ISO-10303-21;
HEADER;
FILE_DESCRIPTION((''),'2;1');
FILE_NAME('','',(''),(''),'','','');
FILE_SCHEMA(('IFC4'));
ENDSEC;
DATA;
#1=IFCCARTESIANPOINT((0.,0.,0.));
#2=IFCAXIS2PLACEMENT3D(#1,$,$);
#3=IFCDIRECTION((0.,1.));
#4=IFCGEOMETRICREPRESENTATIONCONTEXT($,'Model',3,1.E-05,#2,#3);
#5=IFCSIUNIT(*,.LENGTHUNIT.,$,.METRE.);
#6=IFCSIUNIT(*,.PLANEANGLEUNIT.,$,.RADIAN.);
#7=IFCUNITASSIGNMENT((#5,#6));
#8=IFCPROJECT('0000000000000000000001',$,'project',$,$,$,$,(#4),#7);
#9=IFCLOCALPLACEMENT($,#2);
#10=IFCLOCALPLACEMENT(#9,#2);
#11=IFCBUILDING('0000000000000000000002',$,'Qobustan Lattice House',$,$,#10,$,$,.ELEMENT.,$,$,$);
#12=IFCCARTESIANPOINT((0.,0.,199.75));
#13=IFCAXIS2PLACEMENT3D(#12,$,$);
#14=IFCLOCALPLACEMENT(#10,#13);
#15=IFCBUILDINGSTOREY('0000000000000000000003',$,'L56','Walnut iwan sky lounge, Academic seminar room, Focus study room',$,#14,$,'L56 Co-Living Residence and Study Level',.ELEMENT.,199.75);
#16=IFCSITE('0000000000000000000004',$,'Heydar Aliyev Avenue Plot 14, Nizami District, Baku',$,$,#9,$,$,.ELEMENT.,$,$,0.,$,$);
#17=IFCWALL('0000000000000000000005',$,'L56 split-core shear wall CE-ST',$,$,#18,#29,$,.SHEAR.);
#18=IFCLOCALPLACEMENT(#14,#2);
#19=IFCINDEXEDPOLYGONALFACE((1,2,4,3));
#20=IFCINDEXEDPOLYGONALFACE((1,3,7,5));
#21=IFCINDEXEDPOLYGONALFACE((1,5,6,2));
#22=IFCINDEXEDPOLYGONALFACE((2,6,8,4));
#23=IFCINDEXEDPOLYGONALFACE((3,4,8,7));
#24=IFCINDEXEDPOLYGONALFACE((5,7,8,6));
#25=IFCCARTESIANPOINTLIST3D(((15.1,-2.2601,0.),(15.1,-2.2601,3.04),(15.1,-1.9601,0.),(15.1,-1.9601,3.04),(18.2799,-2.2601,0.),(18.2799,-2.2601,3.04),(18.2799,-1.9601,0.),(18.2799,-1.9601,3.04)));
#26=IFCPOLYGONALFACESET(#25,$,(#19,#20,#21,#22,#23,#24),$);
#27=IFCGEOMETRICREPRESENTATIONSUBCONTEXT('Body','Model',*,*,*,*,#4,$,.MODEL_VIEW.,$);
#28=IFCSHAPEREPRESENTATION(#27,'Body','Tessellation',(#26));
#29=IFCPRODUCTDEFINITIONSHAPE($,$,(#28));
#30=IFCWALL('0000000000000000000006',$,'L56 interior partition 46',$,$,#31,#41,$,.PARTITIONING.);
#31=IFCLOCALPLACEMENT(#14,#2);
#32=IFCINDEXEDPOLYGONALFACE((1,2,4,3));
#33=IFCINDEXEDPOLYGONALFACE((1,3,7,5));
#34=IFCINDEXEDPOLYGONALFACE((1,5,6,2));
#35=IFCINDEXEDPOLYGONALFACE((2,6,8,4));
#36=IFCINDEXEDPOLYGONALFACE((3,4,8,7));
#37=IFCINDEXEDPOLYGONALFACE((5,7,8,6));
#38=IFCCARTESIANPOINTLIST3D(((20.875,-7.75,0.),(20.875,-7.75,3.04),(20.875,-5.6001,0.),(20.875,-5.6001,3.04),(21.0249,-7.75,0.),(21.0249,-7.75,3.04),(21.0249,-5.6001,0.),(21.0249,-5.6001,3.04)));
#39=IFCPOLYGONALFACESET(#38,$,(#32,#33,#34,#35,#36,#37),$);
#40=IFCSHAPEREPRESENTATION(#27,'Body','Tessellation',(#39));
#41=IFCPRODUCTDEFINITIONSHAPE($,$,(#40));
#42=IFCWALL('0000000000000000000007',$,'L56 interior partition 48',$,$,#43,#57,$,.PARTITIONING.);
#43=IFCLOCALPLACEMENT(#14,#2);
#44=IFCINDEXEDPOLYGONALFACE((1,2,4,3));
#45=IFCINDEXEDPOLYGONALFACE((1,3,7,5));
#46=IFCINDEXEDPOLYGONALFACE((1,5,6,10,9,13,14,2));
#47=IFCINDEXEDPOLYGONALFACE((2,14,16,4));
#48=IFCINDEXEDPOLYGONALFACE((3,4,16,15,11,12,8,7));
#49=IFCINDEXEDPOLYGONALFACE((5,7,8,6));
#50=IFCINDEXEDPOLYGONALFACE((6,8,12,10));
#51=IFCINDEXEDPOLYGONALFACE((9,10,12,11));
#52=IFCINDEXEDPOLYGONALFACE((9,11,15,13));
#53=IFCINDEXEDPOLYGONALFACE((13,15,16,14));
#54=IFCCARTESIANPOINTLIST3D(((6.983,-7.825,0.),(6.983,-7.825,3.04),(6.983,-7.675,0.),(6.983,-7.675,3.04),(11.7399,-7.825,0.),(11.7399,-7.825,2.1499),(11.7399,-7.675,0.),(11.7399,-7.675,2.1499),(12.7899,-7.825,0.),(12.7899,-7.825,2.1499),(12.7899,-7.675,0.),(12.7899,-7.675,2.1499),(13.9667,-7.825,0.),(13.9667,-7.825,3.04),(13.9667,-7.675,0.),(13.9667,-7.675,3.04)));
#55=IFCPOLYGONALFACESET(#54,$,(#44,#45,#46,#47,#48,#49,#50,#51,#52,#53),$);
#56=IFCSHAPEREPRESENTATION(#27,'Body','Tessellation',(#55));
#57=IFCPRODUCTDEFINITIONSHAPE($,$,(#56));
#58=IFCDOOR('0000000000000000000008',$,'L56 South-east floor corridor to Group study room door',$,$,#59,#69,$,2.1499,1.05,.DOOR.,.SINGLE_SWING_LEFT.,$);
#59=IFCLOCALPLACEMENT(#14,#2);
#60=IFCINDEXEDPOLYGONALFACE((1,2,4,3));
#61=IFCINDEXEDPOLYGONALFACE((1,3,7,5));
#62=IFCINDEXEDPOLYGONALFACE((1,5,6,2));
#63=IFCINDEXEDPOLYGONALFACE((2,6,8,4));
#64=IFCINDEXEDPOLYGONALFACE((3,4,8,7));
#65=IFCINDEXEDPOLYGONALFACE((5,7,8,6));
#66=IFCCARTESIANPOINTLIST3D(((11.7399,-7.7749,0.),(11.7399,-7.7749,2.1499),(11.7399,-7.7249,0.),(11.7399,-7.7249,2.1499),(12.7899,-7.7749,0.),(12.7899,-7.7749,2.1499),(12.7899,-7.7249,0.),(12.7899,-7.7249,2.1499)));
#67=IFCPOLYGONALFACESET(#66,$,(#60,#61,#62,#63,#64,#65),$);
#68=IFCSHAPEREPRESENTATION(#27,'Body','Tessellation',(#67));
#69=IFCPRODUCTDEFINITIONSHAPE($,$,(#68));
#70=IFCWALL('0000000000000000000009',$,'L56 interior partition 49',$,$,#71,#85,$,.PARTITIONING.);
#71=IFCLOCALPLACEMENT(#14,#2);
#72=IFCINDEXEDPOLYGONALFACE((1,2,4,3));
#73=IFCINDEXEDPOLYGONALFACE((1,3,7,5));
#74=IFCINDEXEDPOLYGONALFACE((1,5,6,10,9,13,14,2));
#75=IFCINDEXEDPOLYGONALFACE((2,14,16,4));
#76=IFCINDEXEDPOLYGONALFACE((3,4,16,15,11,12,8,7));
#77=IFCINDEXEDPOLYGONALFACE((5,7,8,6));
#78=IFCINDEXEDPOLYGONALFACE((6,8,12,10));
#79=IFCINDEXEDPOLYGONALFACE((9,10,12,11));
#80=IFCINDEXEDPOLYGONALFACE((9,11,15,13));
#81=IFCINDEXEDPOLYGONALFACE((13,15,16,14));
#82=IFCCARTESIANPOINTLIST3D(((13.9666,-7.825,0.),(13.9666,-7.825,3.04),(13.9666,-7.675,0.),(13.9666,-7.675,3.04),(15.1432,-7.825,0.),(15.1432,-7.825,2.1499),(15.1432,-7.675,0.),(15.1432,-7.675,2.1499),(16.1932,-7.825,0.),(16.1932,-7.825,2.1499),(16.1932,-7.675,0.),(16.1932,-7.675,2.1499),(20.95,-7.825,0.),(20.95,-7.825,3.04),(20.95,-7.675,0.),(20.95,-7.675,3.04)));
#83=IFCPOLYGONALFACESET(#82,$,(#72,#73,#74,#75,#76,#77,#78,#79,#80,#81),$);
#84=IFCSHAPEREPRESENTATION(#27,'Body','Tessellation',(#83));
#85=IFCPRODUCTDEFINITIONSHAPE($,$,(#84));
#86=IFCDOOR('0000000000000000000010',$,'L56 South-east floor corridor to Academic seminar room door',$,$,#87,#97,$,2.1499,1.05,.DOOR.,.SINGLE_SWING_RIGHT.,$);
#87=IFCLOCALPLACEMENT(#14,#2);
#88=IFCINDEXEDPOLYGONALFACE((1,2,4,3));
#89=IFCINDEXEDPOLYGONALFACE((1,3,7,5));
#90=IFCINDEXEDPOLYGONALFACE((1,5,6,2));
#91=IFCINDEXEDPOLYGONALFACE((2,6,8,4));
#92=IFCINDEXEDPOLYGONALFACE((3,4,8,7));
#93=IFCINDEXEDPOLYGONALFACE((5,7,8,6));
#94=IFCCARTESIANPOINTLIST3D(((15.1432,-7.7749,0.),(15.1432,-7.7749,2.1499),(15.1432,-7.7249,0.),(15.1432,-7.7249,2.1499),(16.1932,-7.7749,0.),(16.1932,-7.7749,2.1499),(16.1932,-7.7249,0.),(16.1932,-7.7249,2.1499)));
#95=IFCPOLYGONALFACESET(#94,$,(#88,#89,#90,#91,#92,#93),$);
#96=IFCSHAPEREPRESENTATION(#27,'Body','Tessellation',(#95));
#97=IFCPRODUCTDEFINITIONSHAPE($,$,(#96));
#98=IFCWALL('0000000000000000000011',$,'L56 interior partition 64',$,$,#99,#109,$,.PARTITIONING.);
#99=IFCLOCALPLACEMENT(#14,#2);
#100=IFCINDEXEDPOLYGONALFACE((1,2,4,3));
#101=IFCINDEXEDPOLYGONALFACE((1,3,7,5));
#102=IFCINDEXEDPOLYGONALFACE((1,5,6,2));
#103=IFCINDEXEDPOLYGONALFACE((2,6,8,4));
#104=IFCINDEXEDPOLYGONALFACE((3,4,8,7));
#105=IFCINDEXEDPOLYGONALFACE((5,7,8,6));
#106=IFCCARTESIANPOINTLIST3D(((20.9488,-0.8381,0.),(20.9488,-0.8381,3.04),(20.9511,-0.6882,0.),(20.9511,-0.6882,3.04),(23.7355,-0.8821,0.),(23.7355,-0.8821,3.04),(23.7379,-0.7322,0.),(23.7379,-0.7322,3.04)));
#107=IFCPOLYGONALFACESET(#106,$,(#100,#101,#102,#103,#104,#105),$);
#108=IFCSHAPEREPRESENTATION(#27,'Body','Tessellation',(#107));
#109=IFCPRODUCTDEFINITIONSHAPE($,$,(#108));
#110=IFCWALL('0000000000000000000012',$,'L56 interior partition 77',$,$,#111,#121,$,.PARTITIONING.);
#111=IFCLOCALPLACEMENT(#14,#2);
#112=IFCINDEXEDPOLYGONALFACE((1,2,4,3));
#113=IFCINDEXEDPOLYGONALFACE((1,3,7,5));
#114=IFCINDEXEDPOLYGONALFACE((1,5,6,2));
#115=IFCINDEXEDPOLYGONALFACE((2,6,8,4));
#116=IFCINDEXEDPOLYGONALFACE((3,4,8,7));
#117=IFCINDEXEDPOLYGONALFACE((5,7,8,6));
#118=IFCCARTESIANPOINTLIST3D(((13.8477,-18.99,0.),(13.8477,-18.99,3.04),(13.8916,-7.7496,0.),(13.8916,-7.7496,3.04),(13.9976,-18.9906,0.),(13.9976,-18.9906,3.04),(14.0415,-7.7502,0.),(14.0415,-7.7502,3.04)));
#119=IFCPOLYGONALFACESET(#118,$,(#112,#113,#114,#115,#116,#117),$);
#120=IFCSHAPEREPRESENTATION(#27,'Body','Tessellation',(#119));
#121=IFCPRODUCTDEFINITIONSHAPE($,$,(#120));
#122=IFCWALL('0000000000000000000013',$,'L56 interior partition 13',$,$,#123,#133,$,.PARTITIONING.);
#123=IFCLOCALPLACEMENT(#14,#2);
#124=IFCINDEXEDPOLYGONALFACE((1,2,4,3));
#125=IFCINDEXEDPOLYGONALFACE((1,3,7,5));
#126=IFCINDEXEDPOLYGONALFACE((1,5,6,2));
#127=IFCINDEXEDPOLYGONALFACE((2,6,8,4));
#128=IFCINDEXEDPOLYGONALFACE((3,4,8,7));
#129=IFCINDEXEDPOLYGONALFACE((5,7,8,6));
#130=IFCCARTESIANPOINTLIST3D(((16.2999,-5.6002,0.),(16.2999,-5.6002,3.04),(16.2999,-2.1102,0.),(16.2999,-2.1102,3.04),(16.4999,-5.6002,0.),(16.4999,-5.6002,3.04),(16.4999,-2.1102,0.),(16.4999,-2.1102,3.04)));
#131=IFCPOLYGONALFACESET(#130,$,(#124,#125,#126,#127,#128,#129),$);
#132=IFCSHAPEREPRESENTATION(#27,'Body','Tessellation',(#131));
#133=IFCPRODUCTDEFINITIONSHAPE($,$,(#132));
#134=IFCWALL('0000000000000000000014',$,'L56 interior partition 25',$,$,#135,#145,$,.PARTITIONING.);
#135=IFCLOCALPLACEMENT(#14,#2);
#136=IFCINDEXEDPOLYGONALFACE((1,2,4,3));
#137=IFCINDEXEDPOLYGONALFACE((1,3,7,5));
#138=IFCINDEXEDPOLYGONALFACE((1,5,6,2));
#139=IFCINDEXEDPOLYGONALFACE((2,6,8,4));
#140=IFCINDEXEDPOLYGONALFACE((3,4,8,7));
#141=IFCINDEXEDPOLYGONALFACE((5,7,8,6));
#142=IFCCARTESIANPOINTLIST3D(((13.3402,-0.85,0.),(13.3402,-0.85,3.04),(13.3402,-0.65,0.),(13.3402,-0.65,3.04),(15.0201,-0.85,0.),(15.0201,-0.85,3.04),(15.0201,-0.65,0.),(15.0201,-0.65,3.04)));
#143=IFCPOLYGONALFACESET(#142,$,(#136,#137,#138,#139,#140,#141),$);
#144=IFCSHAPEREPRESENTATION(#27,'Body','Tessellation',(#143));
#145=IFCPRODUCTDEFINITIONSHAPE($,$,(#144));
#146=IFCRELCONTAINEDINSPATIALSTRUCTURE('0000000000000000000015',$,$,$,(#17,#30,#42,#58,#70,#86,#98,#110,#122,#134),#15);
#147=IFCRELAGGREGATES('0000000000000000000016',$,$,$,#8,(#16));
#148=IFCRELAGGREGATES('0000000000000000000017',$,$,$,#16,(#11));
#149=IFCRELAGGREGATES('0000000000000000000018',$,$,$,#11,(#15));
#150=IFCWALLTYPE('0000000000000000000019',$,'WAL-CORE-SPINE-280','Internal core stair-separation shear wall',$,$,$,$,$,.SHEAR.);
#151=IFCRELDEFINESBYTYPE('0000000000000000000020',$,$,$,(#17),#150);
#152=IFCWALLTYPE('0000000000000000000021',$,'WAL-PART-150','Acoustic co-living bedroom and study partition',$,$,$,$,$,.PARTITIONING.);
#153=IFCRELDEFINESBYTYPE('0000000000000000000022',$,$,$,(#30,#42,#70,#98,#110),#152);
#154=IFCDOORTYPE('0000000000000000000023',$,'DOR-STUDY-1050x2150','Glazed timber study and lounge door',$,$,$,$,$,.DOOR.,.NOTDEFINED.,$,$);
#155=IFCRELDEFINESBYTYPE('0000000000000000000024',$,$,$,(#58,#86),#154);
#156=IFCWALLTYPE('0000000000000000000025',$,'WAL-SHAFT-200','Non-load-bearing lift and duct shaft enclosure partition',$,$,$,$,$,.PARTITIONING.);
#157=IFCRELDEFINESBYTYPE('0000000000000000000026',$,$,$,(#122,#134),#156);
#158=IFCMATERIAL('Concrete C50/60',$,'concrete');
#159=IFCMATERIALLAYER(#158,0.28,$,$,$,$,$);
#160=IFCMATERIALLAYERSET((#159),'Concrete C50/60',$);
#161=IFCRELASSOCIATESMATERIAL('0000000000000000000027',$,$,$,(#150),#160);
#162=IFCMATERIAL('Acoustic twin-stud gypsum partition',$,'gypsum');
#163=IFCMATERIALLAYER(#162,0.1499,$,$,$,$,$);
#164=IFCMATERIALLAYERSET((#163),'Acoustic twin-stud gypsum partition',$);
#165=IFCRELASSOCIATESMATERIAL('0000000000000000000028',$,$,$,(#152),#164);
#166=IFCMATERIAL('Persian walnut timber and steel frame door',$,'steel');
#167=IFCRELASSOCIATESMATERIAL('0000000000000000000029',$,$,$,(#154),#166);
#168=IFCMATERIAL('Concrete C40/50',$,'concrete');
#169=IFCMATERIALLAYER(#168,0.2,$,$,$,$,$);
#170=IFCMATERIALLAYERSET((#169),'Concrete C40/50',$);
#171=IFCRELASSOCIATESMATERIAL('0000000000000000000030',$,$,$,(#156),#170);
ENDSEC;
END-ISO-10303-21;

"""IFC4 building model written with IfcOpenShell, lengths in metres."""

from ifc_helpers import new_model, si_unit, direction, frame, frame_2d, origin, place, context, subcontext, project, spatial, rectangle, extrude, material, layer, layer_set, type_object, element, fill, save


model = new_model("IFC4")

# Units and contexts
model_context = context("Model", 3, precision=1e-05, world=origin(), true_north=direction((0.0, 1.0)))
body_context = subcontext(model_context, "Body", "Model", "MODEL_VIEW")
ifc_project = project(units=[si_unit("LENGTHUNIT", "METRE"), si_unit("PLANEANGLEUNIT", "RADIAN")], contexts=[model_context])

# Site, building, storey
site_placement = place(None, origin())
site = spatial("IfcSite", under=ifc_project, at=site_placement, Name="Heydar Aliyev Avenue Plot 14, Nizami District, Baku", CompositionType="ELEMENT", RefElevation=0.0)
building_placement = place(site_placement, origin())
building = spatial("IfcBuilding", under=site, at=building_placement, Name="Qobustan Lattice House", CompositionType="ELEMENT")
storey_placement = place(building_placement, frame((0.0, 0.0, 199.75)))
storey = spatial("IfcBuildingStorey", under=building, at=storey_placement, Name="L56", Description="Walnut iwan sky lounge, Academic seminar room, Focus study room", LongName="L56 Co-Living Residence and Study Level", CompositionType="ELEMENT", Elevation=199.75)

# Walls
ifc_material_1 = material(Name="Concrete C50/60", Category="concrete")
ifc_layer_1 = layer(ifc_material_1, 0.28)
ifc_layer_set_1 = layer_set([ifc_layer_1], Name="Concrete C50/60")
wall_type_1 = type_object("IfcWallType", Name="WAL-CORE-SPINE-280", Description="Internal core stair-separation shear wall", PredefinedType="SHEAR", material=ifc_layer_set_1)
wall_1_placement = place(storey_placement, frame((15.1001, -2.1101, 0.0), z_axis=(0.0, 0.0, 1.0), x_axis=(1.0, 0.0, 0.0)))
element("IfcWall", 1, at=wall_1_placement, inside=storey, type_object=wall_type_1, Name="L56 split-core shear wall CE-ST", PredefinedType="SHEAR", context=body_context, shape_type="SweptSolid", body=[
    extrude(rectangle(XDim=3.1799, YDim=0.3, at=frame_2d((1.5898, 0.0))), origin(), (0.0, 0.0, 1.0), 3.04),
])
ifc_material_2 = material(Name="Acoustic twin-stud gypsum partition", Category="gypsum")
ifc_layer_2 = layer(ifc_material_2, 0.1499)
ifc_layer_set_2 = layer_set([ifc_layer_2], Name="Acoustic twin-stud gypsum partition")
wall_type_2 = type_object("IfcWallType", Name="WAL-PART-150", Description="Acoustic co-living bedroom and study partition", PredefinedType="PARTITIONING", material=ifc_layer_set_2)
wall_2_placement = place(storey_placement, frame((20.95, -5.6001, 0.0), z_axis=(0.0, 0.0, 1.0), x_axis=(0.0, -1.0, 0.0)))
element("IfcWall", 2, at=wall_2_placement, inside=storey, type_object=wall_type_2, Name="L56 interior partition 46", PredefinedType="PARTITIONING", context=body_context, shape_type="SweptSolid", body=[
    extrude(rectangle(XDim=2.1499, YDim=0.1499, at=frame_2d((1.075, 0.0))), origin(), (0.0, 0.0, 1.0), 3.04),
])

# Walls, openings, doors
wall_3_placement = place(storey_placement, frame((13.9666, -7.75, 0.0), z_axis=(0.0, 0.0, 1.0), x_axis=(-1.0, 0.0, 0.0)))
wall_3 = element("IfcWall", 3, at=wall_3_placement, inside=storey, type_object=wall_type_2, Name="L56 interior partition 48", PredefinedType="PARTITIONING", context=body_context, shape_type="SweptSolid", body=[
    extrude(rectangle(XDim=6.9836, YDim=0.1499, at=frame_2d((3.4917, 0.0))), origin(), (0.0, 0.0, 1.0), 3.04),
])
opening_1_placement = place(wall_3_placement, frame((1.1768, 0.0, 0.0)))
opening_1 = element("IfcOpeningElement", 4, at=opening_1_placement, cuts=wall_3, PredefinedType="OPENING", context=body_context, shape_type="SweptSolid", body=[
    extrude(rectangle(XDim=1.05, YDim=2.1499, at=frame_2d((0.5249, 1.075))), frame((0.0, 0.085, 0.0), z_axis=(0.0, -1.0, 0.0), x_axis=(1.0, 0.0, 0.0)), (0.0, 0.0, 1.0), 0.1699),
])
ifc_material_3 = material(Name="Persian walnut timber and steel frame door", Category="steel")
door_type = type_object("IfcDoorType", Name="DOR-STUDY-1050x2150", Description="Glazed timber study and lounge door", OperationType="NOTDEFINED", PredefinedType="DOOR", material=ifc_material_3)
door_1_placement = place(opening_1_placement, origin())
door_1 = element("IfcDoor", 5, at=door_1_placement, inside=storey, type_object=door_type, Name="L56 South-east floor corridor to Group study room door", OperationType="SINGLE_SWING_LEFT", OverallHeight=2.1499, OverallWidth=1.05, PredefinedType="DOOR", context=body_context, shape_type="SweptSolid", body=[
    extrude(rectangle(XDim=1.05, YDim=2.1499, at=frame_2d((0.5249, 1.075))), frame((0.0, 0.0249, 0.0), z_axis=(0.0, -1.0, 0.0), x_axis=(1.0, 0.0, 0.0)), (0.0, 0.0, 1.0), 0.05),
])
fill(opening_1, door_1)
wall_4_placement = place(storey_placement, frame((20.95, -7.75, 0.0), z_axis=(0.0, 0.0, 1.0), x_axis=(-1.0, 0.0, 0.0)))
wall_4 = element("IfcWall", 6, at=wall_4_placement, inside=storey, type_object=wall_type_2, Name="L56 interior partition 49", PredefinedType="PARTITIONING", context=body_context, shape_type="SweptSolid", body=[
    extrude(rectangle(XDim=6.9834, YDim=0.1499, at=frame_2d((3.4917, 0.0))), origin(), (0.0, 0.0, 1.0), 3.04),
])
opening_2_placement = place(wall_4_placement, frame((4.7568, 0.0, 0.0)))
opening_2 = element("IfcOpeningElement", 7, at=opening_2_placement, cuts=wall_4, PredefinedType="OPENING", context=body_context, shape_type="SweptSolid", body=[
    extrude(rectangle(XDim=1.05, YDim=2.1499, at=frame_2d((0.5249, 1.075))), frame((0.0, 0.085, 0.0), z_axis=(0.0, -1.0, 0.0), x_axis=(1.0, 0.0, 0.0)), (0.0, 0.0, 1.0), 0.1699),
])
door_2_placement = place(opening_2_placement, origin())
door_2 = element("IfcDoor", 8, at=door_2_placement, inside=storey, type_object=door_type, Name="L56 South-east floor corridor to Academic seminar room door", OperationType="SINGLE_SWING_RIGHT", OverallHeight=2.1499, OverallWidth=1.05, PredefinedType="DOOR", context=body_context, shape_type="SweptSolid", body=[
    extrude(rectangle(XDim=1.05, YDim=2.1499, at=frame_2d((0.5249, 1.075))), frame((0.0, 0.0249, 0.0), z_axis=(0.0, -1.0, 0.0), x_axis=(1.0, 0.0, 0.0)), (0.0, 0.0, 1.0), 0.05),
])
fill(opening_2, door_2)

# Walls
wall_5_placement = place(storey_placement, frame((20.95, -0.7632, 0.0), z_axis=(0.0, 0.0, 1.0), x_axis=(0.999876, -0.015767, 0.0)))
element("IfcWall", 9, at=wall_5_placement, inside=storey, type_object=wall_type_2, Name="L56 interior partition 64", PredefinedType="PARTITIONING", context=body_context, shape_type="SweptSolid", body=[
    extrude(rectangle(XDim=2.7871, YDim=0.1499, at=frame_2d((1.3936, 0.0))), origin(), (0.0, 0.0, 1.0), 3.04),
])
wall_6_placement = place(storey_placement, frame((13.9666, -7.75, 0.0), z_axis=(0.0, 0.0, 1.0), x_axis=(-0.00391, -0.999992, 0.0)))
element("IfcWall", 10, at=wall_6_placement, inside=storey, type_object=wall_type_2, Name="L56 interior partition 77", PredefinedType="PARTITIONING", context=body_context, shape_type="SweptSolid", body=[
    extrude(rectangle(XDim=11.2405, YDim=0.1499, at=frame_2d((5.6201, 0.0))), origin(), (0.0, 0.0, 1.0), 3.04),
])
ifc_material_4 = material(Name="Concrete C40/50", Category="concrete")
ifc_layer_3 = layer(ifc_material_4, 0.2)
ifc_layer_set_3 = layer_set([ifc_layer_3], Name="Concrete C40/50")
wall_type_3 = type_object("IfcWallType", Name="WAL-SHAFT-200", Description="Non-load-bearing lift and duct shaft enclosure partition", PredefinedType="PARTITIONING", material=ifc_layer_set_3)
wall_7_placement = place(storey_placement, frame((16.3999, -2.1101, 0.0), z_axis=(0.0, 0.0, 1.0), x_axis=(0.0, -1.0, 0.0)))
element("IfcWall", 11, at=wall_7_placement, inside=storey, type_object=wall_type_3, Name="L56 interior partition 13", PredefinedType="PARTITIONING", context=body_context, shape_type="SweptSolid", body=[
    extrude(rectangle(XDim=3.49, YDim=0.2, at=frame_2d((1.7451, 0.0))), origin(), (0.0, 0.0, 1.0), 3.04),
])
wall_8_placement = place(storey_placement, frame((15.02, -0.75, 0.0), z_axis=(0.0, 0.0, 1.0), x_axis=(-1.0, 0.0, 0.0)))
element("IfcWall", 12, at=wall_8_placement, inside=storey, type_object=wall_type_3, Name="L56 interior partition 25", PredefinedType="PARTITIONING", context=body_context, shape_type="SweptSolid", body=[
    extrude(rectangle(XDim=1.6799, YDim=0.2, at=frame_2d((0.8398, 0.0))), origin(), (0.0, 0.0, 1.0), 3.04),
])

save(model, "model.ifc")
